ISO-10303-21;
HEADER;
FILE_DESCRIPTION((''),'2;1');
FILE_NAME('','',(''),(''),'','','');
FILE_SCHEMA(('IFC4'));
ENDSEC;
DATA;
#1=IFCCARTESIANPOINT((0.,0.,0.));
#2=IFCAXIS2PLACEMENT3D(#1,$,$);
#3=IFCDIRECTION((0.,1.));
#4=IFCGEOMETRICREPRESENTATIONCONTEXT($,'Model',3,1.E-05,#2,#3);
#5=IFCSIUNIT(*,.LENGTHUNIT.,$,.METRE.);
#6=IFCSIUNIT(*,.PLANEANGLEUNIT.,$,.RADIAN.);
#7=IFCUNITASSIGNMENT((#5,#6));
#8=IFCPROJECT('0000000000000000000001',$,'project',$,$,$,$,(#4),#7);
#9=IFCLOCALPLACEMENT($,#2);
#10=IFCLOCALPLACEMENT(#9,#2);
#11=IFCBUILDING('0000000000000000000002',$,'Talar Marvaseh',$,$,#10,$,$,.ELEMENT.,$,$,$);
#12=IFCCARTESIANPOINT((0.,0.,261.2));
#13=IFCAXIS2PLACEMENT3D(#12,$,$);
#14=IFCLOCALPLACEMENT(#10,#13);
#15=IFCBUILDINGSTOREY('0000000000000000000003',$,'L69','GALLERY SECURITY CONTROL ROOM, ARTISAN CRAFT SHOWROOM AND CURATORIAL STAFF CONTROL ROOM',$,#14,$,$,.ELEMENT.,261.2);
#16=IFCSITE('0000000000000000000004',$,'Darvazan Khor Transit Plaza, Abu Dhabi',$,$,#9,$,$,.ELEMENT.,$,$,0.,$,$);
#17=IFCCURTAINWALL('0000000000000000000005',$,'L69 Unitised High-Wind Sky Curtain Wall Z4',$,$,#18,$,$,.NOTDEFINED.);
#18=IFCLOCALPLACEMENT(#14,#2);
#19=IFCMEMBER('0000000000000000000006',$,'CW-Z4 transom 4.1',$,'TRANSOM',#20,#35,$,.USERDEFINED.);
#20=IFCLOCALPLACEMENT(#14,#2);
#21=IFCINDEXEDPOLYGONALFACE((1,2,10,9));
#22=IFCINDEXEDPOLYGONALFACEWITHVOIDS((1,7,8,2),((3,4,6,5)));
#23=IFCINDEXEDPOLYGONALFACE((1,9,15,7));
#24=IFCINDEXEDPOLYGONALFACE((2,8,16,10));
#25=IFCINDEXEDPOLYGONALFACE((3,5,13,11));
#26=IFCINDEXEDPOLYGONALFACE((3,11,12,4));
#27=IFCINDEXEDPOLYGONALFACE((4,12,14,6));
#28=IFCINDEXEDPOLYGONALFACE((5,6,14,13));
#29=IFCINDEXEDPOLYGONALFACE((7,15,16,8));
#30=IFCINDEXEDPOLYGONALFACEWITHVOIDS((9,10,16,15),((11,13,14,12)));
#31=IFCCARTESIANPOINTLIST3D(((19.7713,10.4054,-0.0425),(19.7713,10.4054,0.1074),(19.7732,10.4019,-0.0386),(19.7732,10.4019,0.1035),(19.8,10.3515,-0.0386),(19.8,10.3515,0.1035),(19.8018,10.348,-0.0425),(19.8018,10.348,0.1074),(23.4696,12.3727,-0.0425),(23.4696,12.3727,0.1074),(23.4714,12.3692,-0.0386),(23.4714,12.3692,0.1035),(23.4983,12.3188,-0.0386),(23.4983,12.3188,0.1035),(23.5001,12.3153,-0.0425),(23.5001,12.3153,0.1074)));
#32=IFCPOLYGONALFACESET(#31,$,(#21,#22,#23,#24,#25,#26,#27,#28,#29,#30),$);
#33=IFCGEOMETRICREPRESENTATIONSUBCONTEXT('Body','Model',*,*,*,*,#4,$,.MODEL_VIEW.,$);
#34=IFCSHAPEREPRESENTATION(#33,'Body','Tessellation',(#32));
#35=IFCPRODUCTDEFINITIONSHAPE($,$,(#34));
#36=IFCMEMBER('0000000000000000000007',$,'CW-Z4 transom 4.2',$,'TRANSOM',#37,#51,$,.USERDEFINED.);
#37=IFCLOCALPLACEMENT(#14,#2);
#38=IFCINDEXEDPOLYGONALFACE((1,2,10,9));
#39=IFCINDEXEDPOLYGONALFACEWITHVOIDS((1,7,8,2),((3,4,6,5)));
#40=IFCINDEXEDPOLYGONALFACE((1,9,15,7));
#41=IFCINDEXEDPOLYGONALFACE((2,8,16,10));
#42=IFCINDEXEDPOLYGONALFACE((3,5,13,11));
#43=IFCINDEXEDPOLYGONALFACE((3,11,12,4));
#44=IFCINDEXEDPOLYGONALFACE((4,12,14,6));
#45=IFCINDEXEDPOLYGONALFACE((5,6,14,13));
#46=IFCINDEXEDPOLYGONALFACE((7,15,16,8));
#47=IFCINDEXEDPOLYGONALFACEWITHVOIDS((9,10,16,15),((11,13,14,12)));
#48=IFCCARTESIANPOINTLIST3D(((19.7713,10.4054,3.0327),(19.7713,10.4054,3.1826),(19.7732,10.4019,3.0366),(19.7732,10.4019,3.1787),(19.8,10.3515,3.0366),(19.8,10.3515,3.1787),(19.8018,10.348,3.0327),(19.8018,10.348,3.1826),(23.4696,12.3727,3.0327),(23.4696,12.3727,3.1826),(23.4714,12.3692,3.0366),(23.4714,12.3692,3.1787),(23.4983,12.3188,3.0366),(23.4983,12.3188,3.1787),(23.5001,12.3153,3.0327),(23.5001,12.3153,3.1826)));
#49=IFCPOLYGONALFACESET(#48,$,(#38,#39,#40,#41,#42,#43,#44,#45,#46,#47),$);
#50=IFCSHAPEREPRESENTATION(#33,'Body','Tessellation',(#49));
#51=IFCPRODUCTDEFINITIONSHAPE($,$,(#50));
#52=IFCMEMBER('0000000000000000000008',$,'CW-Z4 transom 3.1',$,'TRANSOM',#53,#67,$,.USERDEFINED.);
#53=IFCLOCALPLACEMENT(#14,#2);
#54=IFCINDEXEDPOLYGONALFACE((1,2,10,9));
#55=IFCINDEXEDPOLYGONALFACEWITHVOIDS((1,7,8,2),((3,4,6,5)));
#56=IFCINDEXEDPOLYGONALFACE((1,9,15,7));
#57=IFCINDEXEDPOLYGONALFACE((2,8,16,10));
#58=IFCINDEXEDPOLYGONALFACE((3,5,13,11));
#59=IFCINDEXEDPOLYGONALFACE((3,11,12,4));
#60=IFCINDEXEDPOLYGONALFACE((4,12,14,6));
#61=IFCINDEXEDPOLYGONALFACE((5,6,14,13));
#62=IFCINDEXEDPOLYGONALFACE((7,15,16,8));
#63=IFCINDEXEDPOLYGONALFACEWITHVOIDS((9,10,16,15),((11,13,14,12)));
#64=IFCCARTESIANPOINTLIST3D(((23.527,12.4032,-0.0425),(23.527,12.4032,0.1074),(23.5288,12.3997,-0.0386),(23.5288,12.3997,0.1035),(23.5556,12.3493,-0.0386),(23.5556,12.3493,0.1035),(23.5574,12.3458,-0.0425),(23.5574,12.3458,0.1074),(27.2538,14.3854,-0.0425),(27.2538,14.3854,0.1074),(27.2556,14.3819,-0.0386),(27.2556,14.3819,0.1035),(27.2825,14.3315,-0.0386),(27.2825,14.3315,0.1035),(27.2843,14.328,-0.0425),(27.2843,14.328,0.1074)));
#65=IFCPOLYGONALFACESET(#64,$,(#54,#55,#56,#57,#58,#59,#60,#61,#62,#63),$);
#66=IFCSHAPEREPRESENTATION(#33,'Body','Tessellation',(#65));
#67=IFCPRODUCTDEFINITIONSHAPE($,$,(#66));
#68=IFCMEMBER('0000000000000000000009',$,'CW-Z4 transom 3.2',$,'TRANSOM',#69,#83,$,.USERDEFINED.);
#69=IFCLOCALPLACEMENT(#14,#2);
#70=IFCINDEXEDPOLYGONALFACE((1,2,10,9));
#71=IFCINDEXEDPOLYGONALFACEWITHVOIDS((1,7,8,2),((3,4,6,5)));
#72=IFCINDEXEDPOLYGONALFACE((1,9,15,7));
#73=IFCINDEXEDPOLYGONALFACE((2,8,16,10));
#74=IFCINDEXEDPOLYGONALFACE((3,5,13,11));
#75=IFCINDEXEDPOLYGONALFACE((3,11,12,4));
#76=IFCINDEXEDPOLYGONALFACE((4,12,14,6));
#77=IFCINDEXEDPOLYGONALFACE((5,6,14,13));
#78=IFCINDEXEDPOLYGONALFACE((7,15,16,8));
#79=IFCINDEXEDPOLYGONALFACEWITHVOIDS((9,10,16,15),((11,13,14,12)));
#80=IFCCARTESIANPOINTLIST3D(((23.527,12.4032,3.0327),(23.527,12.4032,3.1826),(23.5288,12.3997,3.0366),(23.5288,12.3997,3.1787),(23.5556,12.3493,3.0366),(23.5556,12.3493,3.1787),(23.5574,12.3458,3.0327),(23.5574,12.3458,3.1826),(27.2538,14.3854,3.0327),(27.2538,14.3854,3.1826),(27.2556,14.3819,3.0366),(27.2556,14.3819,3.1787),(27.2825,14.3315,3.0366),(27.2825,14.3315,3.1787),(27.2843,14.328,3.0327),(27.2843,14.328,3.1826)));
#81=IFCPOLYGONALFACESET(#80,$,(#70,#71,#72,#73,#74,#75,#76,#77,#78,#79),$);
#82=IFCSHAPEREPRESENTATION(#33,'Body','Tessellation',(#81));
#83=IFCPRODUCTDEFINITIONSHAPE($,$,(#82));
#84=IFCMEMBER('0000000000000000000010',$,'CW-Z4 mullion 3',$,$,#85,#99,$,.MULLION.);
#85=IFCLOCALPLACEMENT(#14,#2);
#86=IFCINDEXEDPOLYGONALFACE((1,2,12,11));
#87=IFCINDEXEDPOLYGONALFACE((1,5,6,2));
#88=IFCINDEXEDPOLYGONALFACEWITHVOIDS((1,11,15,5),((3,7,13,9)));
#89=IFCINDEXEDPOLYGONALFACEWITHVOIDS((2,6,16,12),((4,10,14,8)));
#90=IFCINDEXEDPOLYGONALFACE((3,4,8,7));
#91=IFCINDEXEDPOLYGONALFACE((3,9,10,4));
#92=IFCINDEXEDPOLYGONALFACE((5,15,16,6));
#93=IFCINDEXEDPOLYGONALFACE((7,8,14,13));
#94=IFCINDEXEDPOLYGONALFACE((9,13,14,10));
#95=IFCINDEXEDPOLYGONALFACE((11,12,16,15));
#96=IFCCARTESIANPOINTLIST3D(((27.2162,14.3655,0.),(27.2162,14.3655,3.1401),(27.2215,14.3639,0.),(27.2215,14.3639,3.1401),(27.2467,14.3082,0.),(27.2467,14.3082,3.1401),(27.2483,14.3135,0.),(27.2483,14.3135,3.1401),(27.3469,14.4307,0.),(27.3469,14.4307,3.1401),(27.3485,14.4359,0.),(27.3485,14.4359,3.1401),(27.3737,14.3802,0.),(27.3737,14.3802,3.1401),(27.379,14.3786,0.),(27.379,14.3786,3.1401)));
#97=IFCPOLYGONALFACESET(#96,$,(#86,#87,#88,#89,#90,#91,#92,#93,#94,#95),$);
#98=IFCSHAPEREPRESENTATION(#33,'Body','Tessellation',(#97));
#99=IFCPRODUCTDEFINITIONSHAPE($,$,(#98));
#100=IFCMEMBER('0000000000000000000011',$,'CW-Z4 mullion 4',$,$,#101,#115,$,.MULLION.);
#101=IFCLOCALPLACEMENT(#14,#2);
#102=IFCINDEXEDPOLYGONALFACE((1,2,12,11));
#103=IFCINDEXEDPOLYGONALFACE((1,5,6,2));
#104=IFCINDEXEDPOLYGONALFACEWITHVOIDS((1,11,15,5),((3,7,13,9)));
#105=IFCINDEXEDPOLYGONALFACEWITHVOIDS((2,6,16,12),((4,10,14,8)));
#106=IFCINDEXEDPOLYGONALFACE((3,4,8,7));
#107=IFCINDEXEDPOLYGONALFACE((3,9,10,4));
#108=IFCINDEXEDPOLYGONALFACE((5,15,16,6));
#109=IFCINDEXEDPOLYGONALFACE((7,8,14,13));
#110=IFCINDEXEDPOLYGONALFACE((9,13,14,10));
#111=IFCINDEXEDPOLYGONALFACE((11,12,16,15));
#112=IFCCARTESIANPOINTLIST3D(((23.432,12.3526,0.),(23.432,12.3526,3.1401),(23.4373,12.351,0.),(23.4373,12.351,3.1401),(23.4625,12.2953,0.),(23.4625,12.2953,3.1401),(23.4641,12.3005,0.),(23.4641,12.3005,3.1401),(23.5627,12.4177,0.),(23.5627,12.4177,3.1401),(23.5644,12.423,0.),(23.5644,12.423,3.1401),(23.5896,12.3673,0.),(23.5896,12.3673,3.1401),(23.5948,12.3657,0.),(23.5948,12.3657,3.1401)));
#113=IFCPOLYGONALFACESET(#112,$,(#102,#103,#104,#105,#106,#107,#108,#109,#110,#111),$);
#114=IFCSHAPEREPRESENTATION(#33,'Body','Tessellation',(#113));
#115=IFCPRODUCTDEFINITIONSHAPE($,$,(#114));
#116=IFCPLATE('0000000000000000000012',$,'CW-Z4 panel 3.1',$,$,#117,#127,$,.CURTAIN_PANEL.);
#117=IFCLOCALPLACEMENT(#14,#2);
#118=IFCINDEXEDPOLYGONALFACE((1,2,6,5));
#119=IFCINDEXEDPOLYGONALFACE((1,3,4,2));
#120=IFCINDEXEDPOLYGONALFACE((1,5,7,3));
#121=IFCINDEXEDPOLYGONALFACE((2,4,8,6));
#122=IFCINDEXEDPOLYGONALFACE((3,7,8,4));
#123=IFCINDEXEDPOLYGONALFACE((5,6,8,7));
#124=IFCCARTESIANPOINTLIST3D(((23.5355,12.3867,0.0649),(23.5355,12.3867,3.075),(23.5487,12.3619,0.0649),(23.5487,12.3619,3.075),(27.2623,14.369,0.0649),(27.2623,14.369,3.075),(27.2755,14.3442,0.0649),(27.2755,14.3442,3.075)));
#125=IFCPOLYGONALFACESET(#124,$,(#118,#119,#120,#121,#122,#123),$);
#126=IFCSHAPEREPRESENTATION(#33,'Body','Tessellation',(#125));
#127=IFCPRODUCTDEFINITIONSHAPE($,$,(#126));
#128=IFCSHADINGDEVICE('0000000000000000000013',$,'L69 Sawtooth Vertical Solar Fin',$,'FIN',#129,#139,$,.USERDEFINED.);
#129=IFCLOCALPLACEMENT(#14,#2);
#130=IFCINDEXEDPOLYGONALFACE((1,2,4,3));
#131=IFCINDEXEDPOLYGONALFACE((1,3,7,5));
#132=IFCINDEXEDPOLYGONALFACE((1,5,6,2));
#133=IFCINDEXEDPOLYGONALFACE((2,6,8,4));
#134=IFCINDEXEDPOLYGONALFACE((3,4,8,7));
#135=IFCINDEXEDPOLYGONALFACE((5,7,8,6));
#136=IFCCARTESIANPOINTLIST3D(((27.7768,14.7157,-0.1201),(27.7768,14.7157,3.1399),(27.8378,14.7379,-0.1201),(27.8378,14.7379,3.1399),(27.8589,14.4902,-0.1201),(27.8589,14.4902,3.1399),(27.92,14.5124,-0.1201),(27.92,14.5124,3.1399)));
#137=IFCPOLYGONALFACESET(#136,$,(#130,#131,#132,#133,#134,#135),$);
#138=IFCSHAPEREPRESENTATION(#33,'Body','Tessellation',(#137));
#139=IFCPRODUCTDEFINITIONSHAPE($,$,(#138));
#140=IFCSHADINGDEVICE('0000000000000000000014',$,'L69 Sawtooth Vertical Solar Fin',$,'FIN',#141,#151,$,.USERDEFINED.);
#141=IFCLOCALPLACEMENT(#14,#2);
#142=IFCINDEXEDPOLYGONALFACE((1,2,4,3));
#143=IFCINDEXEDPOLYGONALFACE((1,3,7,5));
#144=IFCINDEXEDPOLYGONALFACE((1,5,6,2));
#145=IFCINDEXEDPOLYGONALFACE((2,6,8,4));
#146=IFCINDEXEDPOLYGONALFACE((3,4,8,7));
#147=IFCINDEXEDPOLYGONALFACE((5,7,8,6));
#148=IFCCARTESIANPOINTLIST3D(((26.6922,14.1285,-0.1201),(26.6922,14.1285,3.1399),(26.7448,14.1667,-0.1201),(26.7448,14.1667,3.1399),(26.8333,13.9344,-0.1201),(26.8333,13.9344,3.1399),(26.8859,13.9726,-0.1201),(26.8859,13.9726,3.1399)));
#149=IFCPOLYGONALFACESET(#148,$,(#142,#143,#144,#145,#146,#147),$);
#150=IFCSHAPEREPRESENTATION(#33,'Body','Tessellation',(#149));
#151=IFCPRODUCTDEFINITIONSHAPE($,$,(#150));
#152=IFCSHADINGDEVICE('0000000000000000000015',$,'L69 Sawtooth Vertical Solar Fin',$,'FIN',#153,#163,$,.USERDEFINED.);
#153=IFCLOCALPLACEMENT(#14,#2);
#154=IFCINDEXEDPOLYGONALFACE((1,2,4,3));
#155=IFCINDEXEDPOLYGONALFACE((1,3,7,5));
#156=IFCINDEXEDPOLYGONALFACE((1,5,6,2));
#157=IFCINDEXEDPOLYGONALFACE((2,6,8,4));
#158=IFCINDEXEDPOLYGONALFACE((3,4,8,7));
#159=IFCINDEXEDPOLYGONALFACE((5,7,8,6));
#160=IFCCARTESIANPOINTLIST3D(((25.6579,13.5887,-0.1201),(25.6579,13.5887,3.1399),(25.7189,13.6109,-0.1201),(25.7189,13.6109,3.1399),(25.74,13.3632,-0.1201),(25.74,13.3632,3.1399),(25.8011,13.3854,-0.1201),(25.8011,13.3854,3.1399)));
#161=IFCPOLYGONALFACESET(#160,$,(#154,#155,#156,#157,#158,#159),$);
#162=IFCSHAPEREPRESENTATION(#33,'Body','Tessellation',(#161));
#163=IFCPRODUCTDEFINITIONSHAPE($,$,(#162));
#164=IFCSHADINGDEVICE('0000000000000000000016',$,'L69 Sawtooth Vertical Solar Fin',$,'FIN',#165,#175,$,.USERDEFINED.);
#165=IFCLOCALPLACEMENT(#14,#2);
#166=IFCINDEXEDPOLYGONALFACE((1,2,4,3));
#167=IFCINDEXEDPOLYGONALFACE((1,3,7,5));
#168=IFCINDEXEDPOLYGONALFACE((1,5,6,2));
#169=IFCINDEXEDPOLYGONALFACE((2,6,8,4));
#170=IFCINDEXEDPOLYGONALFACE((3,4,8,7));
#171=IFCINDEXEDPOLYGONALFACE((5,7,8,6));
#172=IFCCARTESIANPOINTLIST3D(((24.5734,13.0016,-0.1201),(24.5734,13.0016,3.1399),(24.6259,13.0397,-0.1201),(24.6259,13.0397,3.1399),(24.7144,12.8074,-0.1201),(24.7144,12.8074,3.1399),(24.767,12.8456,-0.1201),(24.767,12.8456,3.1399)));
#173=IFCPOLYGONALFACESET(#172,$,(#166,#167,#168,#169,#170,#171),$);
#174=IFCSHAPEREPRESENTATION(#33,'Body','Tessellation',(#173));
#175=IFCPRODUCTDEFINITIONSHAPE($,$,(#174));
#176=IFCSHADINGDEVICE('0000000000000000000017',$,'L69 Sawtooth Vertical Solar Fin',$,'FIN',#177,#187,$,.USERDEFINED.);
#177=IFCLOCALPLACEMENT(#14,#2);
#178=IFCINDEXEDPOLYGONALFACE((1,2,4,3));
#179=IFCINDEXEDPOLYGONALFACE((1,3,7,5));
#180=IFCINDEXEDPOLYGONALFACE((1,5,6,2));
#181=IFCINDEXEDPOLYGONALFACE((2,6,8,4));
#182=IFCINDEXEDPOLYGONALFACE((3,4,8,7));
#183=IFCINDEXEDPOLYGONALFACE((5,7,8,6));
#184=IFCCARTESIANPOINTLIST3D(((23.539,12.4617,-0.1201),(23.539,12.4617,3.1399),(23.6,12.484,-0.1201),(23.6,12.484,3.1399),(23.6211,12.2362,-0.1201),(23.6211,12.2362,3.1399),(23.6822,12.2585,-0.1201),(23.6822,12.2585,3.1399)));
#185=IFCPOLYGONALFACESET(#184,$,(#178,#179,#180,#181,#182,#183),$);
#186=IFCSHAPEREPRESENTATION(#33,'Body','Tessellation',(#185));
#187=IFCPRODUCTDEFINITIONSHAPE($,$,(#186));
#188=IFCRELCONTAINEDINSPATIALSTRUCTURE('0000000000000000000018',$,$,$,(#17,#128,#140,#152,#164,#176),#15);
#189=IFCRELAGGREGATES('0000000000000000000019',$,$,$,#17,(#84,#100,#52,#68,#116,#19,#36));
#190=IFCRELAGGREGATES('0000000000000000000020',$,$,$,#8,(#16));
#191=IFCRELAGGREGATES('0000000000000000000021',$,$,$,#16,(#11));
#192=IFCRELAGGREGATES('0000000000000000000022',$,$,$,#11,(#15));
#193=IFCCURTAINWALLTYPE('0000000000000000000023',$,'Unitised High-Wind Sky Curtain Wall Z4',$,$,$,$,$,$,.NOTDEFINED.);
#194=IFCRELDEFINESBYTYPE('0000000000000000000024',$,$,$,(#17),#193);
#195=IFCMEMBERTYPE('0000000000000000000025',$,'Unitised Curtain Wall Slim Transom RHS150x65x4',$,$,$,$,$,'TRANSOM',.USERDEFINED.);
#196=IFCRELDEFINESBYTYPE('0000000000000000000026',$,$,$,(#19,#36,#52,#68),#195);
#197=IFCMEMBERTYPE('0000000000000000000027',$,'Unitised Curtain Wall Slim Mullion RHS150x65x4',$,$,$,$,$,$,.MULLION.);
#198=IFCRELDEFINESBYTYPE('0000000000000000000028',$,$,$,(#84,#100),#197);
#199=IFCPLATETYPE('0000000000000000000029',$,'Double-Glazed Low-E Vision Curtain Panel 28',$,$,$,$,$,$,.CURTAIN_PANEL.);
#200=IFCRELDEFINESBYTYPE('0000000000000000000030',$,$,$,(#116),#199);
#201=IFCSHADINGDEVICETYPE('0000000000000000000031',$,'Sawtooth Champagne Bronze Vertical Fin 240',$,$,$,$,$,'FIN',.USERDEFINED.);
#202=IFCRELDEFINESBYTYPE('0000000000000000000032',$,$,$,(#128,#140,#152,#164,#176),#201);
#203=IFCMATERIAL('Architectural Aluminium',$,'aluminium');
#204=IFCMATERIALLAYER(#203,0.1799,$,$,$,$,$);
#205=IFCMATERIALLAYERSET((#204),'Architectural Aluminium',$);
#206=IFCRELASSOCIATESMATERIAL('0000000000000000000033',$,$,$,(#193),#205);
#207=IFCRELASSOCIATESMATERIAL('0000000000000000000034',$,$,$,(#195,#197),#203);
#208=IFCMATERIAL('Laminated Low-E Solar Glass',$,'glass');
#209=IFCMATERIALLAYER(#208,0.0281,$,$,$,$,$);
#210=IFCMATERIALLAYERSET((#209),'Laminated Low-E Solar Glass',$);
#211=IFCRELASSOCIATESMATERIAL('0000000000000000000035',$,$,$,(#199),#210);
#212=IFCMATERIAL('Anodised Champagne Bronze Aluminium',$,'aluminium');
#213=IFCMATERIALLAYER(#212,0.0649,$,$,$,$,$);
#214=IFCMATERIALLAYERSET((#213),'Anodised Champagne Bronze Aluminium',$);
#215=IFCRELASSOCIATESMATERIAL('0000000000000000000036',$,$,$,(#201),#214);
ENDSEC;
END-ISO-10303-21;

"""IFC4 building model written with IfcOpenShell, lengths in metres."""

from ifc_helpers import new_model, si_unit, direction, frame, origin, origin_2d, place, context, subcontext, project, spatial, rectangle, hollow_rectangle, extrude, source, transform, mapped, material, layer, layer_set, material_profile, profile_set, type_object, type_shapes, element, aggregate, save


model = new_model("IFC4")

# Units and contexts
model_context = context("Model", 3, precision=1e-05, world=origin(), true_north=direction((0.0, 1.0)))
body_context = subcontext(model_context, "Body", "Model", "MODEL_VIEW")
ifc_project = project(units=[si_unit("LENGTHUNIT", "METRE"), si_unit("PLANEANGLEUNIT", "RADIAN")], contexts=[model_context])

# Site, building, storey
site_placement = place(None, origin())
site = spatial("IfcSite", under=ifc_project, at=site_placement, Name="Darvazan Khor Transit Plaza, Abu Dhabi", CompositionType="ELEMENT", RefElevation=0.0)
building_placement = place(site_placement, origin())
building = spatial("IfcBuilding", under=site, at=building_placement, Name="Talar Marvaseh", CompositionType="ELEMENT")
storey_placement = place(building_placement, frame((0.0, 0.0, 261.2)))
storey = spatial("IfcBuildingStorey", under=building, at=storey_placement, Name="L69", Description="GALLERY SECURITY CONTROL ROOM, ARTISAN CRAFT SHOWROOM AND CURATORIAL STAFF CONTROL ROOM", CompositionType="ELEMENT", Elevation=261.2)

# Curtain wall, members, plate
ifc_material_1 = material(Name="Architectural Aluminium", Category="aluminium")
ifc_layer_1 = layer(ifc_material_1, 0.1799)
ifc_layer_set_1 = layer_set([ifc_layer_1], Name="Architectural Aluminium")
curtain_wall_type = type_object("IfcCurtainWallType", Name="Unitised High-Wind Sky Curtain Wall Z4", PredefinedType="NOTDEFINED", material=ifc_layer_set_1)
curtain_wall_placement = place(storey_placement, origin())
curtain_wall = element("IfcCurtainWall", 1, at=curtain_wall_placement, inside=storey, type_object=curtain_wall_type, Name="L69 Unitised High-Wind Sky Curtain Wall Z4", PredefinedType="NOTDEFINED")
ifc_material_profile_1 = material_profile(ifc_material_1, hollow_rectangle(XDim=0.0649, YDim=0.1499, WallThickness=0.0039, at=origin_2d()), Name="RHS150x65x4")
ifc_profile_set_1 = profile_set([ifc_material_profile_1], Name="Architectural Aluminium")
member_type_1 = type_object("IfcMemberType", Name="Unitised Curtain Wall Slim Transom RHS150x65x4", ElementType="TRANSOM", PredefinedType="USERDEFINED", material=ifc_profile_set_1)
shared_shape_1 = source(origin(), body_context, "Body", "SweptSolid", [
    extrude(hollow_rectangle(XDim=0.0649, YDim=0.1499, WallThickness=0.0039, at=origin_2d()), origin(), (0.0, 0.0, 1.0), 4.189),
])
member_1_placement = place(storey_placement, frame((23.4849, 12.344, 0.0325), z_axis=(-0.882859, -0.469638, 0.0), x_axis=(0.469638, -0.882859, 0.0)))
member_1 = element("IfcMember", 2, at=member_1_placement, type_object=member_type_1, Name="CW-Z4 transom 4.1", ObjectType="TRANSOM", PredefinedType="USERDEFINED", context=body_context, shape_type="MappedRepresentation", body=[
    mapped(shared_shape_1, transform((0.0, 0.0, 0.0), x_axis=(1.0, 0.0, 0.0), y_axis=(0.0, 1.0, 0.0), z_axis=(0.0, 0.0, 1.0), scale=1.0)),
])
member_2_placement = place(storey_placement, frame((23.4849, 12.344, 3.1077), z_axis=(-0.882859, -0.469638, 0.0), x_axis=(0.469638, -0.882859, 0.0)))
member_2 = element("IfcMember", 3, at=member_2_placement, type_object=member_type_1, Name="CW-Z4 transom 4.2", ObjectType="TRANSOM", PredefinedType="USERDEFINED", context=body_context, shape_type="MappedRepresentation", body=[
    mapped(shared_shape_1, transform((0.0, 0.0, 0.0), x_axis=(1.0, 0.0, 0.0), y_axis=(0.0, 1.0, 0.0), z_axis=(0.0, 0.0, 1.0), scale=1.0)),
])
shared_shape_2 = source(origin(), body_context, "Body", "SweptSolid", [
    extrude(hollow_rectangle(XDim=0.0649, YDim=0.1499, WallThickness=0.0039, at=origin_2d()), origin(), (0.0, 0.0, 1.0), 4.2212),
])
type_shapes(member_type_1, [shared_shape_1, shared_shape_2])
member_3_placement = place(storey_placement, frame((27.269, 14.3567, 0.0325), z_axis=(-0.882889, -0.469582, 0.0), x_axis=(0.469582, -0.882889, 0.0)))
member_3 = element("IfcMember", 4, at=member_3_placement, type_object=member_type_1, Name="CW-Z4 transom 3.1", ObjectType="TRANSOM", PredefinedType="USERDEFINED", context=body_context, shape_type="MappedRepresentation", body=[
    mapped(shared_shape_2, transform((0.0, 0.0, 0.0), x_axis=(1.0, 0.0, 0.0), y_axis=(0.0, 1.0, 0.0), z_axis=(0.0, 0.0, 1.0), scale=1.0)),
])
member_4_placement = place(storey_placement, frame((27.269, 14.3567, 3.1077), z_axis=(-0.882889, -0.469582, 0.0), x_axis=(0.469582, -0.882889, 0.0)))
member_4 = element("IfcMember", 5, at=member_4_placement, type_object=member_type_1, Name="CW-Z4 transom 3.2", ObjectType="TRANSOM", PredefinedType="USERDEFINED", context=body_context, shape_type="MappedRepresentation", body=[
    mapped(shared_shape_2, transform((0.0, 0.0, 0.0), x_axis=(1.0, 0.0, 0.0), y_axis=(0.0, 1.0, 0.0), z_axis=(0.0, 0.0, 1.0), scale=1.0)),
])
ifc_material_profile_2 = material_profile(ifc_material_1, hollow_rectangle(XDim=0.0649, YDim=0.1499, WallThickness=0.0039, at=origin_2d()), Name="RHS150x65x4")
ifc_profile_set_2 = profile_set([ifc_material_profile_2], Name="Architectural Aluminium")
member_type_2 = type_object("IfcMemberType", Name="Unitised Curtain Wall Slim Mullion RHS150x65x4", PredefinedType="MULLION", material=ifc_profile_set_2)
shared_shape_3 = source(origin(), body_context, "Body", "SweptSolid", [
    extrude(hollow_rectangle(XDim=0.0649, YDim=0.1499, WallThickness=0.0039, at=origin_2d()), origin(), (0.0, 0.0, 1.0), 3.1401),
])
type_shapes(member_type_2, [shared_shape_3])
member_5_placement = place(storey_placement, frame((27.2976, 14.3721, 0.0), z_axis=(0.0, 0.0, 1.0), x_axis=(0.469604, -0.882877, 0.0)))
member_5 = element("IfcMember", 6, at=member_5_placement, type_object=member_type_2, Name="CW-Z4 mullion 3", PredefinedType="MULLION", context=body_context, shape_type="MappedRepresentation", body=[
    mapped(shared_shape_3, transform((0.0, 0.0, 0.0), x_axis=(1.0, 0.0, 0.0), y_axis=(0.0, 1.0, 0.0), z_axis=(0.0, 0.0, 1.0), scale=1.0)),
])
member_6_placement = place(storey_placement, frame((23.5134, 12.3591, 0.0), z_axis=(0.0, 0.0, 1.0), x_axis=(0.469604, -0.882877, 0.0)))
member_6 = element("IfcMember", 7, at=member_6_placement, type_object=member_type_2, Name="CW-Z4 mullion 4", PredefinedType="MULLION", context=body_context, shape_type="MappedRepresentation", body=[
    mapped(shared_shape_3, transform((0.0, 0.0, 0.0), x_axis=(1.0, 0.0, 0.0), y_axis=(0.0, 1.0, 0.0), z_axis=(0.0, 0.0, 1.0), scale=1.0)),
])
ifc_material_2 = material(Name="Laminated Low-E Solar Glass", Category="glass")
ifc_layer_2 = layer(ifc_material_2, 0.0281)
ifc_layer_set_2 = layer_set([ifc_layer_2], Name="Laminated Low-E Solar Glass")
plate_type = type_object("IfcPlateType", Name="Double-Glazed Low-E Vision Curtain Panel 28", PredefinedType="CURTAIN_PANEL", material=ifc_layer_set_2)
shared_shape_4 = source(origin(), body_context, "Body", "SweptSolid", [
    extrude(rectangle(XDim=4.2212, YDim=0.0281, at=origin_2d()), origin(), (0.0, 0.0, 1.0), 3.01),
])
type_shapes(plate_type, [shared_shape_4])
plate_placement = place(storey_placement, frame((25.4055, 13.3655, 0.0649), z_axis=(0.0, 0.0, 1.0), x_axis=(-0.882877, -0.469604, 0.0)))
plate = element("IfcPlate", 8, at=plate_placement, type_object=plate_type, Name="CW-Z4 panel 3.1", PredefinedType="CURTAIN_PANEL", context=body_context, shape_type="MappedRepresentation", body=[
    mapped(shared_shape_4, transform((0.0, 0.0, 0.0), x_axis=(1.0, 0.0, 0.0), y_axis=(0.0, 1.0, 0.0), z_axis=(0.0, 0.0, 1.0), scale=1.0)),
])
aggregate(curtain_wall, [member_5, member_6, member_3, member_4, plate, member_1, member_2])

# Shading devices
ifc_material_3 = material(Name="Anodised Champagne Bronze Aluminium", Category="aluminium")
ifc_layer_3 = layer(ifc_material_3, 0.0649)
ifc_layer_set_3 = layer_set([ifc_layer_3], Name="Anodised Champagne Bronze Aluminium")
shading_device_type = type_object("IfcShadingDeviceType", Name="Sawtooth Champagne Bronze Vertical Fin 240", ElementType="FIN", PredefinedType="USERDEFINED", material=ifc_layer_set_3)
shared_shape_5 = source(origin(), body_context, "Body", "SweptSolid", [
    extrude(rectangle(XDim=0.24, YDim=0.0649, at=origin_2d()), origin(), (0.0, 0.0, 1.0), 3.26),
])
type_shapes(shading_device_type, [shared_shape_5])
for number, where, z_axis, x_axis, name in (
    (9, (27.8484, 14.614, -0.1201), (0.0, 0.0, 1.0), (0.342184, -0.939633, 0.0), "L69 Sawtooth Vertical Solar Fin"),
    (10, (26.7891, 14.0505, -0.1201), (0.0, 0.0, 1.0), (0.587926, -0.808914, 0.0), "L69 Sawtooth Vertical Solar Fin"),
    (11, (25.7295, 13.4871, -0.1201), (0.0, 0.0, 1.0), (0.342184, -0.939633, 0.0), "L69 Sawtooth Vertical Solar Fin"),
    (12, (24.6702, 12.9236, -0.1201), (0.0, 0.0, 1.0), (0.587926, -0.808914, 0.0), "L69 Sawtooth Vertical Solar Fin"),
    (13, (23.6106, 12.3601, -0.1201), (0.0, 0.0, 1.0), (0.342184, -0.939633, 0.0), "L69 Sawtooth Vertical Solar Fin"),
):
    element("IfcShadingDevice", number, at=place(storey_placement, frame(where, z_axis=z_axis, x_axis=x_axis)), inside=storey, type_object=shading_device_type, Name=name, ObjectType="FIN", PredefinedType="USERDEFINED", context=body_context, shape_type="MappedRepresentation", body=[
        mapped(shared_shape_5, transform((0.0, 0.0, 0.0), x_axis=(1.0, 0.0, 0.0), y_axis=(0.0, 1.0, 0.0), z_axis=(0.0, 0.0, 1.0), scale=1.0)),
    ])

save(model, "model.ifc")
